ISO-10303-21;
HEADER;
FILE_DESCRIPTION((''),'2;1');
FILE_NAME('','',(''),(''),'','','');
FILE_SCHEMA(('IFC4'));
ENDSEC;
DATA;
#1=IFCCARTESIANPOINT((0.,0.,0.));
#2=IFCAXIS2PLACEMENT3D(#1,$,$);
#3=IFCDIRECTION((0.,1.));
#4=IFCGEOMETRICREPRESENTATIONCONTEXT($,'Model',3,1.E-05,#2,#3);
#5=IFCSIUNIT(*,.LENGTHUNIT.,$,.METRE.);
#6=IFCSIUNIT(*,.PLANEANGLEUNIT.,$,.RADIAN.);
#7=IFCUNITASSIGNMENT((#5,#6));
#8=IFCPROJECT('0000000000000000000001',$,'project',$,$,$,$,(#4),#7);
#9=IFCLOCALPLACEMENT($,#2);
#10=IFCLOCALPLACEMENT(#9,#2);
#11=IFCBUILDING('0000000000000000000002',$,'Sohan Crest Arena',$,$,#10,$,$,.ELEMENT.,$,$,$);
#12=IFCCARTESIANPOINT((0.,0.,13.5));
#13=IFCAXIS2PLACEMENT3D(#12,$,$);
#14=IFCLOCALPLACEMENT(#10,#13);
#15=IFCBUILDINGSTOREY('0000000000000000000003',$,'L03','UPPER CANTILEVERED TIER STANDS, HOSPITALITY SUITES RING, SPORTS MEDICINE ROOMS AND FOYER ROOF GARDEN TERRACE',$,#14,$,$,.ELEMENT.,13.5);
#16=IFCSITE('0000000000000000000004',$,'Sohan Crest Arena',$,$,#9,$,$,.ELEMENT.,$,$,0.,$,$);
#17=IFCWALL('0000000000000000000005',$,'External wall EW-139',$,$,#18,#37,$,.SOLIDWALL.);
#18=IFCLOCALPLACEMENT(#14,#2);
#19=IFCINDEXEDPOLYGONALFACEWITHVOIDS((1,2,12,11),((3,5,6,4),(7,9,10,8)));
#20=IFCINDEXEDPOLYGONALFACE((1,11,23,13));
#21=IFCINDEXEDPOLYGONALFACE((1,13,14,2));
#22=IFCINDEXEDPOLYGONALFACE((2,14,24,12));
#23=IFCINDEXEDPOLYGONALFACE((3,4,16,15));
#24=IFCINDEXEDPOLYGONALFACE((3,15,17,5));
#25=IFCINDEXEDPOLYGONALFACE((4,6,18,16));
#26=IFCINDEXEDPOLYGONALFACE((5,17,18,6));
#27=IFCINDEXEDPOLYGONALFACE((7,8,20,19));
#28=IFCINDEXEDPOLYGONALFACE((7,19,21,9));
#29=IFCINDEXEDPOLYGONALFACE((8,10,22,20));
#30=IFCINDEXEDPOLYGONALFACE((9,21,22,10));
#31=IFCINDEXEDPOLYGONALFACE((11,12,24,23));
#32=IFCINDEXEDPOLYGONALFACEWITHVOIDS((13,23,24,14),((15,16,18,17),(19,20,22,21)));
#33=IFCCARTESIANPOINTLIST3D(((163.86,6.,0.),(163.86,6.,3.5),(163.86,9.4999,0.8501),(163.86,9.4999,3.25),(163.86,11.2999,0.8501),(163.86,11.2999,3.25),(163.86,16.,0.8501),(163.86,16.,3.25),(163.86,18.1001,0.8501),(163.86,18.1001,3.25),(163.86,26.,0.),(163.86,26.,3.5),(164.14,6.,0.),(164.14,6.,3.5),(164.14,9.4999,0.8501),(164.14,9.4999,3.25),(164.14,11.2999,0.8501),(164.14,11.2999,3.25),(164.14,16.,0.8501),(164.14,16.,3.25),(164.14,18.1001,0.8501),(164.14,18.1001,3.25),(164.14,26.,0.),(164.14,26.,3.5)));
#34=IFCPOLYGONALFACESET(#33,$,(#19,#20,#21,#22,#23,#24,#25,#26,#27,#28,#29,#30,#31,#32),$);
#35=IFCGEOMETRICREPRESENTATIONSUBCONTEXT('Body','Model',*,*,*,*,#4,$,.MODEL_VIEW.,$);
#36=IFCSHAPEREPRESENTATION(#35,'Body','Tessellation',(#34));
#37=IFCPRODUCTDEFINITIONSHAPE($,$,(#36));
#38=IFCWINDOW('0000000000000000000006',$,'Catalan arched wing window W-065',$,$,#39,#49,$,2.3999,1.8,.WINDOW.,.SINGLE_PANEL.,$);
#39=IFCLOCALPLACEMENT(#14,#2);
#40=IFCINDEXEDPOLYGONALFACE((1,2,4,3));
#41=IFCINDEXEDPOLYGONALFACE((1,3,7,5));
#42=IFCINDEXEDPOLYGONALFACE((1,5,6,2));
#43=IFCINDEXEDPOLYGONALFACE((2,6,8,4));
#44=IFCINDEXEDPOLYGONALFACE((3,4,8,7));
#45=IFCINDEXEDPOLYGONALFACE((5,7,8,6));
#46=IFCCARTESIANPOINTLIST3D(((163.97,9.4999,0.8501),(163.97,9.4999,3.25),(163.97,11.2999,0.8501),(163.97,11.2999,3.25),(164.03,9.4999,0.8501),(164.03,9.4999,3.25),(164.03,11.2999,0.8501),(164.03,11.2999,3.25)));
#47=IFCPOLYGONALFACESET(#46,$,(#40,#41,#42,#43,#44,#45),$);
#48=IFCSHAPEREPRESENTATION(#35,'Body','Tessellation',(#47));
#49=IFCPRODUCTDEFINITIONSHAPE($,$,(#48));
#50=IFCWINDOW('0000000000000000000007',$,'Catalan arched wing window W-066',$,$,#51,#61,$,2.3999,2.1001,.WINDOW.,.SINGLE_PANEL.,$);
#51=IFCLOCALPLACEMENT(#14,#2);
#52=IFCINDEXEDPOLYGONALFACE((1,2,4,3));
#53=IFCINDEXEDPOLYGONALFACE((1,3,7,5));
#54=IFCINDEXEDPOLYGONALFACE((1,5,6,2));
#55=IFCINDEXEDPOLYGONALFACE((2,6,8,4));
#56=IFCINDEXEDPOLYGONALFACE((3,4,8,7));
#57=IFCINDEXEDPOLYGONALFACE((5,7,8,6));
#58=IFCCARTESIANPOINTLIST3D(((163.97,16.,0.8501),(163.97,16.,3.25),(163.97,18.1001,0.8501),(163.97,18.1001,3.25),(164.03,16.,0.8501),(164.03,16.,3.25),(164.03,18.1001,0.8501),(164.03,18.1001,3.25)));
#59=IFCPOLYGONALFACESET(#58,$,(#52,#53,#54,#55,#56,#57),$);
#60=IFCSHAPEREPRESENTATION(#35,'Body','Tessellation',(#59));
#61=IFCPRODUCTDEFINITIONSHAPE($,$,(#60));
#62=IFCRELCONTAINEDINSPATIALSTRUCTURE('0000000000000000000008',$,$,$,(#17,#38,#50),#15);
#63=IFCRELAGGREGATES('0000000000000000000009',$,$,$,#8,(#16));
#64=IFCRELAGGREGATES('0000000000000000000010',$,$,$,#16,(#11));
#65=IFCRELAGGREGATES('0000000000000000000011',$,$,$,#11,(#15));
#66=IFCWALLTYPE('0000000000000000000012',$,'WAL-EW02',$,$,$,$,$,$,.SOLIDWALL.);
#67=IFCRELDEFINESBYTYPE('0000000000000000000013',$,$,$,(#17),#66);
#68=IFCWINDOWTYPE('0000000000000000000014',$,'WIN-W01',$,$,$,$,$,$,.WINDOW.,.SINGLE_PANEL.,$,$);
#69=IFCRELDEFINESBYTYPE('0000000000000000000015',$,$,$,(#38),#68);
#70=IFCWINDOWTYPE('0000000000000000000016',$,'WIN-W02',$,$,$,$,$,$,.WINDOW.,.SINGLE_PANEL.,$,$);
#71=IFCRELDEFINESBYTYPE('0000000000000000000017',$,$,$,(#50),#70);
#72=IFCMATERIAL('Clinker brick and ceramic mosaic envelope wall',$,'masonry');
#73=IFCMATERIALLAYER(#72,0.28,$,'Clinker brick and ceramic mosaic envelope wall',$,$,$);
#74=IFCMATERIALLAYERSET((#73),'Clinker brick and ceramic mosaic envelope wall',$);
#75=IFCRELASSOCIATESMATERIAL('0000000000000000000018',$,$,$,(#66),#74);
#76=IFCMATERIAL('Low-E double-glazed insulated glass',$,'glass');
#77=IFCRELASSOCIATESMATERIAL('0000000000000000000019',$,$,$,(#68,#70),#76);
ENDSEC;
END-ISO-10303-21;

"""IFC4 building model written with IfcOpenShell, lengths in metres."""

from ifc_helpers import new_model, si_unit, direction, frame, frame_2d, origin, place, context, subcontext, project, spatial, rectangle, extrude, material, layer, layer_set, type_object, element, fill, save


model = new_model("IFC4")

# Units and contexts
model_context = context("Model", 3, precision=1e-05, world=origin(), true_north=direction((0.0, 1.0)))
body_context = subcontext(model_context, "Body", "Model", "MODEL_VIEW")
ifc_project = project(units=[si_unit("LENGTHUNIT", "METRE"), si_unit("PLANEANGLEUNIT", "RADIAN")], contexts=[model_context])

# Site, building, storey
site_placement = place(None, origin())
site = spatial("IfcSite", under=ifc_project, at=site_placement, Name="Sohan Crest Arena", CompositionType="ELEMENT", RefElevation=0.0)
building_placement = place(site_placement, origin())
building = spatial("IfcBuilding", under=site, at=building_placement, Name="Sohan Crest Arena", CompositionType="ELEMENT")
storey_placement = place(building_placement, frame((0.0, 0.0, 13.5)))
storey = spatial("IfcBuildingStorey", under=building, at=storey_placement, Name="L03", Description="UPPER CANTILEVERED TIER STANDS, HOSPITALITY SUITES RING, SPORTS MEDICINE ROOMS AND FOYER ROOF GARDEN TERRACE", CompositionType="ELEMENT", Elevation=13.5)

# Wall, openings, windows
ifc_material_1 = material(Name="Clinker brick and ceramic mosaic envelope wall", Category="masonry")
ifc_layer_1 = layer(ifc_material_1, 0.28, Name="Clinker brick and ceramic mosaic envelope wall")
ifc_layer_set_1 = layer_set([ifc_layer_1], Name="Clinker brick and ceramic mosaic envelope wall")
wall_type = type_object("IfcWallType", Name="WAL-EW02", PredefinedType="SOLIDWALL", material=ifc_layer_set_1)
wall_1_placement = place(storey_placement, frame((164.0, 6.0, 0.0), z_axis=(0.0, 0.0, 1.0), x_axis=(0.0, 1.0, 0.0)))
wall_1 = element("IfcWall", 1, at=wall_1_placement, inside=storey, type_object=wall_type, Name="External wall EW-139", PredefinedType="SOLIDWALL", context=body_context, shape_type="SweptSolid", body=[
    extrude(rectangle(XDim=20.0, YDim=0.28, at=frame_2d((10.0, 0.0))), origin(), (0.0, 0.0, 1.0), 3.5),
])
opening_1_placement = place(wall_1_placement, frame((3.5, 0.0, 0.8501)))
opening_1 = element("IfcOpeningElement", 2, at=opening_1_placement, cuts=wall_1, PredefinedType="OPENING", context=body_context, shape_type="SweptSolid", body=[
    extrude(rectangle(XDim=1.8, YDim=2.3999, at=frame_2d((0.8999, 1.2))), frame((0.0, 0.1499, 0.0), z_axis=(0.0, -1.0, 0.0), x_axis=(1.0, 0.0, 0.0)), (0.0, 0.0, 1.0), 0.3),
])
opening_2_placement = place(wall_1_placement, frame((10.0, 0.0, 0.8501)))
opening_2 = element("IfcOpeningElement", 3, at=opening_2_placement, cuts=wall_1, PredefinedType="OPENING", context=body_context, shape_type="SweptSolid", body=[
    extrude(rectangle(XDim=2.1001, YDim=2.3999, at=frame_2d((1.05, 1.2))), frame((0.0, 0.1499, 0.0), z_axis=(0.0, -1.0, 0.0), x_axis=(1.0, 0.0, 0.0)), (0.0, 0.0, 1.0), 0.3),
])
ifc_material_2 = material(Name="Low-E double-glazed insulated glass", Category="glass")
window_type_1 = type_object("IfcWindowType", Name="WIN-W01", PartitioningType="SINGLE_PANEL", PredefinedType="WINDOW", material=ifc_material_2)
window_1_placement = place(opening_1_placement, origin())
window_1 = element("IfcWindow", 4, at=window_1_placement, inside=storey, type_object=window_type_1, Name="Catalan arched wing window W-065", OverallHeight=2.3999, OverallWidth=1.8, PartitioningType="SINGLE_PANEL", PredefinedType="WINDOW", context=body_context, shape_type="SweptSolid", body=[
    extrude(rectangle(XDim=1.8, YDim=2.3999, at=frame_2d((0.8999, 1.2))), frame((0.0, 0.03, 0.0), z_axis=(0.0, -1.0, 0.0), x_axis=(1.0, 0.0, 0.0)), (0.0, 0.0, 1.0), 0.0601),
])
fill(opening_1, window_1)
window_type_2 = type_object("IfcWindowType", Name="WIN-W02", PartitioningType="SINGLE_PANEL", PredefinedType="WINDOW", material=ifc_material_2)
window_2_placement = place(opening_2_placement, origin())
window_2 = element("IfcWindow", 5, at=window_2_placement, inside=storey, type_object=window_type_2, Name="Catalan arched wing window W-066", OverallHeight=2.3999, OverallWidth=2.1001, PartitioningType="SINGLE_PANEL", PredefinedType="WINDOW", context=body_context, shape_type="SweptSolid", body=[
    extrude(rectangle(XDim=2.1001, YDim=2.3999, at=frame_2d((1.05, 1.2))), frame((0.0, 0.03, 0.0), z_axis=(0.0, -1.0, 0.0), x_axis=(1.0, 0.0, 0.0)), (0.0, 0.0, 1.0), 0.0601),
])
fill(opening_2, window_2)

save(model, "model.ifc")
